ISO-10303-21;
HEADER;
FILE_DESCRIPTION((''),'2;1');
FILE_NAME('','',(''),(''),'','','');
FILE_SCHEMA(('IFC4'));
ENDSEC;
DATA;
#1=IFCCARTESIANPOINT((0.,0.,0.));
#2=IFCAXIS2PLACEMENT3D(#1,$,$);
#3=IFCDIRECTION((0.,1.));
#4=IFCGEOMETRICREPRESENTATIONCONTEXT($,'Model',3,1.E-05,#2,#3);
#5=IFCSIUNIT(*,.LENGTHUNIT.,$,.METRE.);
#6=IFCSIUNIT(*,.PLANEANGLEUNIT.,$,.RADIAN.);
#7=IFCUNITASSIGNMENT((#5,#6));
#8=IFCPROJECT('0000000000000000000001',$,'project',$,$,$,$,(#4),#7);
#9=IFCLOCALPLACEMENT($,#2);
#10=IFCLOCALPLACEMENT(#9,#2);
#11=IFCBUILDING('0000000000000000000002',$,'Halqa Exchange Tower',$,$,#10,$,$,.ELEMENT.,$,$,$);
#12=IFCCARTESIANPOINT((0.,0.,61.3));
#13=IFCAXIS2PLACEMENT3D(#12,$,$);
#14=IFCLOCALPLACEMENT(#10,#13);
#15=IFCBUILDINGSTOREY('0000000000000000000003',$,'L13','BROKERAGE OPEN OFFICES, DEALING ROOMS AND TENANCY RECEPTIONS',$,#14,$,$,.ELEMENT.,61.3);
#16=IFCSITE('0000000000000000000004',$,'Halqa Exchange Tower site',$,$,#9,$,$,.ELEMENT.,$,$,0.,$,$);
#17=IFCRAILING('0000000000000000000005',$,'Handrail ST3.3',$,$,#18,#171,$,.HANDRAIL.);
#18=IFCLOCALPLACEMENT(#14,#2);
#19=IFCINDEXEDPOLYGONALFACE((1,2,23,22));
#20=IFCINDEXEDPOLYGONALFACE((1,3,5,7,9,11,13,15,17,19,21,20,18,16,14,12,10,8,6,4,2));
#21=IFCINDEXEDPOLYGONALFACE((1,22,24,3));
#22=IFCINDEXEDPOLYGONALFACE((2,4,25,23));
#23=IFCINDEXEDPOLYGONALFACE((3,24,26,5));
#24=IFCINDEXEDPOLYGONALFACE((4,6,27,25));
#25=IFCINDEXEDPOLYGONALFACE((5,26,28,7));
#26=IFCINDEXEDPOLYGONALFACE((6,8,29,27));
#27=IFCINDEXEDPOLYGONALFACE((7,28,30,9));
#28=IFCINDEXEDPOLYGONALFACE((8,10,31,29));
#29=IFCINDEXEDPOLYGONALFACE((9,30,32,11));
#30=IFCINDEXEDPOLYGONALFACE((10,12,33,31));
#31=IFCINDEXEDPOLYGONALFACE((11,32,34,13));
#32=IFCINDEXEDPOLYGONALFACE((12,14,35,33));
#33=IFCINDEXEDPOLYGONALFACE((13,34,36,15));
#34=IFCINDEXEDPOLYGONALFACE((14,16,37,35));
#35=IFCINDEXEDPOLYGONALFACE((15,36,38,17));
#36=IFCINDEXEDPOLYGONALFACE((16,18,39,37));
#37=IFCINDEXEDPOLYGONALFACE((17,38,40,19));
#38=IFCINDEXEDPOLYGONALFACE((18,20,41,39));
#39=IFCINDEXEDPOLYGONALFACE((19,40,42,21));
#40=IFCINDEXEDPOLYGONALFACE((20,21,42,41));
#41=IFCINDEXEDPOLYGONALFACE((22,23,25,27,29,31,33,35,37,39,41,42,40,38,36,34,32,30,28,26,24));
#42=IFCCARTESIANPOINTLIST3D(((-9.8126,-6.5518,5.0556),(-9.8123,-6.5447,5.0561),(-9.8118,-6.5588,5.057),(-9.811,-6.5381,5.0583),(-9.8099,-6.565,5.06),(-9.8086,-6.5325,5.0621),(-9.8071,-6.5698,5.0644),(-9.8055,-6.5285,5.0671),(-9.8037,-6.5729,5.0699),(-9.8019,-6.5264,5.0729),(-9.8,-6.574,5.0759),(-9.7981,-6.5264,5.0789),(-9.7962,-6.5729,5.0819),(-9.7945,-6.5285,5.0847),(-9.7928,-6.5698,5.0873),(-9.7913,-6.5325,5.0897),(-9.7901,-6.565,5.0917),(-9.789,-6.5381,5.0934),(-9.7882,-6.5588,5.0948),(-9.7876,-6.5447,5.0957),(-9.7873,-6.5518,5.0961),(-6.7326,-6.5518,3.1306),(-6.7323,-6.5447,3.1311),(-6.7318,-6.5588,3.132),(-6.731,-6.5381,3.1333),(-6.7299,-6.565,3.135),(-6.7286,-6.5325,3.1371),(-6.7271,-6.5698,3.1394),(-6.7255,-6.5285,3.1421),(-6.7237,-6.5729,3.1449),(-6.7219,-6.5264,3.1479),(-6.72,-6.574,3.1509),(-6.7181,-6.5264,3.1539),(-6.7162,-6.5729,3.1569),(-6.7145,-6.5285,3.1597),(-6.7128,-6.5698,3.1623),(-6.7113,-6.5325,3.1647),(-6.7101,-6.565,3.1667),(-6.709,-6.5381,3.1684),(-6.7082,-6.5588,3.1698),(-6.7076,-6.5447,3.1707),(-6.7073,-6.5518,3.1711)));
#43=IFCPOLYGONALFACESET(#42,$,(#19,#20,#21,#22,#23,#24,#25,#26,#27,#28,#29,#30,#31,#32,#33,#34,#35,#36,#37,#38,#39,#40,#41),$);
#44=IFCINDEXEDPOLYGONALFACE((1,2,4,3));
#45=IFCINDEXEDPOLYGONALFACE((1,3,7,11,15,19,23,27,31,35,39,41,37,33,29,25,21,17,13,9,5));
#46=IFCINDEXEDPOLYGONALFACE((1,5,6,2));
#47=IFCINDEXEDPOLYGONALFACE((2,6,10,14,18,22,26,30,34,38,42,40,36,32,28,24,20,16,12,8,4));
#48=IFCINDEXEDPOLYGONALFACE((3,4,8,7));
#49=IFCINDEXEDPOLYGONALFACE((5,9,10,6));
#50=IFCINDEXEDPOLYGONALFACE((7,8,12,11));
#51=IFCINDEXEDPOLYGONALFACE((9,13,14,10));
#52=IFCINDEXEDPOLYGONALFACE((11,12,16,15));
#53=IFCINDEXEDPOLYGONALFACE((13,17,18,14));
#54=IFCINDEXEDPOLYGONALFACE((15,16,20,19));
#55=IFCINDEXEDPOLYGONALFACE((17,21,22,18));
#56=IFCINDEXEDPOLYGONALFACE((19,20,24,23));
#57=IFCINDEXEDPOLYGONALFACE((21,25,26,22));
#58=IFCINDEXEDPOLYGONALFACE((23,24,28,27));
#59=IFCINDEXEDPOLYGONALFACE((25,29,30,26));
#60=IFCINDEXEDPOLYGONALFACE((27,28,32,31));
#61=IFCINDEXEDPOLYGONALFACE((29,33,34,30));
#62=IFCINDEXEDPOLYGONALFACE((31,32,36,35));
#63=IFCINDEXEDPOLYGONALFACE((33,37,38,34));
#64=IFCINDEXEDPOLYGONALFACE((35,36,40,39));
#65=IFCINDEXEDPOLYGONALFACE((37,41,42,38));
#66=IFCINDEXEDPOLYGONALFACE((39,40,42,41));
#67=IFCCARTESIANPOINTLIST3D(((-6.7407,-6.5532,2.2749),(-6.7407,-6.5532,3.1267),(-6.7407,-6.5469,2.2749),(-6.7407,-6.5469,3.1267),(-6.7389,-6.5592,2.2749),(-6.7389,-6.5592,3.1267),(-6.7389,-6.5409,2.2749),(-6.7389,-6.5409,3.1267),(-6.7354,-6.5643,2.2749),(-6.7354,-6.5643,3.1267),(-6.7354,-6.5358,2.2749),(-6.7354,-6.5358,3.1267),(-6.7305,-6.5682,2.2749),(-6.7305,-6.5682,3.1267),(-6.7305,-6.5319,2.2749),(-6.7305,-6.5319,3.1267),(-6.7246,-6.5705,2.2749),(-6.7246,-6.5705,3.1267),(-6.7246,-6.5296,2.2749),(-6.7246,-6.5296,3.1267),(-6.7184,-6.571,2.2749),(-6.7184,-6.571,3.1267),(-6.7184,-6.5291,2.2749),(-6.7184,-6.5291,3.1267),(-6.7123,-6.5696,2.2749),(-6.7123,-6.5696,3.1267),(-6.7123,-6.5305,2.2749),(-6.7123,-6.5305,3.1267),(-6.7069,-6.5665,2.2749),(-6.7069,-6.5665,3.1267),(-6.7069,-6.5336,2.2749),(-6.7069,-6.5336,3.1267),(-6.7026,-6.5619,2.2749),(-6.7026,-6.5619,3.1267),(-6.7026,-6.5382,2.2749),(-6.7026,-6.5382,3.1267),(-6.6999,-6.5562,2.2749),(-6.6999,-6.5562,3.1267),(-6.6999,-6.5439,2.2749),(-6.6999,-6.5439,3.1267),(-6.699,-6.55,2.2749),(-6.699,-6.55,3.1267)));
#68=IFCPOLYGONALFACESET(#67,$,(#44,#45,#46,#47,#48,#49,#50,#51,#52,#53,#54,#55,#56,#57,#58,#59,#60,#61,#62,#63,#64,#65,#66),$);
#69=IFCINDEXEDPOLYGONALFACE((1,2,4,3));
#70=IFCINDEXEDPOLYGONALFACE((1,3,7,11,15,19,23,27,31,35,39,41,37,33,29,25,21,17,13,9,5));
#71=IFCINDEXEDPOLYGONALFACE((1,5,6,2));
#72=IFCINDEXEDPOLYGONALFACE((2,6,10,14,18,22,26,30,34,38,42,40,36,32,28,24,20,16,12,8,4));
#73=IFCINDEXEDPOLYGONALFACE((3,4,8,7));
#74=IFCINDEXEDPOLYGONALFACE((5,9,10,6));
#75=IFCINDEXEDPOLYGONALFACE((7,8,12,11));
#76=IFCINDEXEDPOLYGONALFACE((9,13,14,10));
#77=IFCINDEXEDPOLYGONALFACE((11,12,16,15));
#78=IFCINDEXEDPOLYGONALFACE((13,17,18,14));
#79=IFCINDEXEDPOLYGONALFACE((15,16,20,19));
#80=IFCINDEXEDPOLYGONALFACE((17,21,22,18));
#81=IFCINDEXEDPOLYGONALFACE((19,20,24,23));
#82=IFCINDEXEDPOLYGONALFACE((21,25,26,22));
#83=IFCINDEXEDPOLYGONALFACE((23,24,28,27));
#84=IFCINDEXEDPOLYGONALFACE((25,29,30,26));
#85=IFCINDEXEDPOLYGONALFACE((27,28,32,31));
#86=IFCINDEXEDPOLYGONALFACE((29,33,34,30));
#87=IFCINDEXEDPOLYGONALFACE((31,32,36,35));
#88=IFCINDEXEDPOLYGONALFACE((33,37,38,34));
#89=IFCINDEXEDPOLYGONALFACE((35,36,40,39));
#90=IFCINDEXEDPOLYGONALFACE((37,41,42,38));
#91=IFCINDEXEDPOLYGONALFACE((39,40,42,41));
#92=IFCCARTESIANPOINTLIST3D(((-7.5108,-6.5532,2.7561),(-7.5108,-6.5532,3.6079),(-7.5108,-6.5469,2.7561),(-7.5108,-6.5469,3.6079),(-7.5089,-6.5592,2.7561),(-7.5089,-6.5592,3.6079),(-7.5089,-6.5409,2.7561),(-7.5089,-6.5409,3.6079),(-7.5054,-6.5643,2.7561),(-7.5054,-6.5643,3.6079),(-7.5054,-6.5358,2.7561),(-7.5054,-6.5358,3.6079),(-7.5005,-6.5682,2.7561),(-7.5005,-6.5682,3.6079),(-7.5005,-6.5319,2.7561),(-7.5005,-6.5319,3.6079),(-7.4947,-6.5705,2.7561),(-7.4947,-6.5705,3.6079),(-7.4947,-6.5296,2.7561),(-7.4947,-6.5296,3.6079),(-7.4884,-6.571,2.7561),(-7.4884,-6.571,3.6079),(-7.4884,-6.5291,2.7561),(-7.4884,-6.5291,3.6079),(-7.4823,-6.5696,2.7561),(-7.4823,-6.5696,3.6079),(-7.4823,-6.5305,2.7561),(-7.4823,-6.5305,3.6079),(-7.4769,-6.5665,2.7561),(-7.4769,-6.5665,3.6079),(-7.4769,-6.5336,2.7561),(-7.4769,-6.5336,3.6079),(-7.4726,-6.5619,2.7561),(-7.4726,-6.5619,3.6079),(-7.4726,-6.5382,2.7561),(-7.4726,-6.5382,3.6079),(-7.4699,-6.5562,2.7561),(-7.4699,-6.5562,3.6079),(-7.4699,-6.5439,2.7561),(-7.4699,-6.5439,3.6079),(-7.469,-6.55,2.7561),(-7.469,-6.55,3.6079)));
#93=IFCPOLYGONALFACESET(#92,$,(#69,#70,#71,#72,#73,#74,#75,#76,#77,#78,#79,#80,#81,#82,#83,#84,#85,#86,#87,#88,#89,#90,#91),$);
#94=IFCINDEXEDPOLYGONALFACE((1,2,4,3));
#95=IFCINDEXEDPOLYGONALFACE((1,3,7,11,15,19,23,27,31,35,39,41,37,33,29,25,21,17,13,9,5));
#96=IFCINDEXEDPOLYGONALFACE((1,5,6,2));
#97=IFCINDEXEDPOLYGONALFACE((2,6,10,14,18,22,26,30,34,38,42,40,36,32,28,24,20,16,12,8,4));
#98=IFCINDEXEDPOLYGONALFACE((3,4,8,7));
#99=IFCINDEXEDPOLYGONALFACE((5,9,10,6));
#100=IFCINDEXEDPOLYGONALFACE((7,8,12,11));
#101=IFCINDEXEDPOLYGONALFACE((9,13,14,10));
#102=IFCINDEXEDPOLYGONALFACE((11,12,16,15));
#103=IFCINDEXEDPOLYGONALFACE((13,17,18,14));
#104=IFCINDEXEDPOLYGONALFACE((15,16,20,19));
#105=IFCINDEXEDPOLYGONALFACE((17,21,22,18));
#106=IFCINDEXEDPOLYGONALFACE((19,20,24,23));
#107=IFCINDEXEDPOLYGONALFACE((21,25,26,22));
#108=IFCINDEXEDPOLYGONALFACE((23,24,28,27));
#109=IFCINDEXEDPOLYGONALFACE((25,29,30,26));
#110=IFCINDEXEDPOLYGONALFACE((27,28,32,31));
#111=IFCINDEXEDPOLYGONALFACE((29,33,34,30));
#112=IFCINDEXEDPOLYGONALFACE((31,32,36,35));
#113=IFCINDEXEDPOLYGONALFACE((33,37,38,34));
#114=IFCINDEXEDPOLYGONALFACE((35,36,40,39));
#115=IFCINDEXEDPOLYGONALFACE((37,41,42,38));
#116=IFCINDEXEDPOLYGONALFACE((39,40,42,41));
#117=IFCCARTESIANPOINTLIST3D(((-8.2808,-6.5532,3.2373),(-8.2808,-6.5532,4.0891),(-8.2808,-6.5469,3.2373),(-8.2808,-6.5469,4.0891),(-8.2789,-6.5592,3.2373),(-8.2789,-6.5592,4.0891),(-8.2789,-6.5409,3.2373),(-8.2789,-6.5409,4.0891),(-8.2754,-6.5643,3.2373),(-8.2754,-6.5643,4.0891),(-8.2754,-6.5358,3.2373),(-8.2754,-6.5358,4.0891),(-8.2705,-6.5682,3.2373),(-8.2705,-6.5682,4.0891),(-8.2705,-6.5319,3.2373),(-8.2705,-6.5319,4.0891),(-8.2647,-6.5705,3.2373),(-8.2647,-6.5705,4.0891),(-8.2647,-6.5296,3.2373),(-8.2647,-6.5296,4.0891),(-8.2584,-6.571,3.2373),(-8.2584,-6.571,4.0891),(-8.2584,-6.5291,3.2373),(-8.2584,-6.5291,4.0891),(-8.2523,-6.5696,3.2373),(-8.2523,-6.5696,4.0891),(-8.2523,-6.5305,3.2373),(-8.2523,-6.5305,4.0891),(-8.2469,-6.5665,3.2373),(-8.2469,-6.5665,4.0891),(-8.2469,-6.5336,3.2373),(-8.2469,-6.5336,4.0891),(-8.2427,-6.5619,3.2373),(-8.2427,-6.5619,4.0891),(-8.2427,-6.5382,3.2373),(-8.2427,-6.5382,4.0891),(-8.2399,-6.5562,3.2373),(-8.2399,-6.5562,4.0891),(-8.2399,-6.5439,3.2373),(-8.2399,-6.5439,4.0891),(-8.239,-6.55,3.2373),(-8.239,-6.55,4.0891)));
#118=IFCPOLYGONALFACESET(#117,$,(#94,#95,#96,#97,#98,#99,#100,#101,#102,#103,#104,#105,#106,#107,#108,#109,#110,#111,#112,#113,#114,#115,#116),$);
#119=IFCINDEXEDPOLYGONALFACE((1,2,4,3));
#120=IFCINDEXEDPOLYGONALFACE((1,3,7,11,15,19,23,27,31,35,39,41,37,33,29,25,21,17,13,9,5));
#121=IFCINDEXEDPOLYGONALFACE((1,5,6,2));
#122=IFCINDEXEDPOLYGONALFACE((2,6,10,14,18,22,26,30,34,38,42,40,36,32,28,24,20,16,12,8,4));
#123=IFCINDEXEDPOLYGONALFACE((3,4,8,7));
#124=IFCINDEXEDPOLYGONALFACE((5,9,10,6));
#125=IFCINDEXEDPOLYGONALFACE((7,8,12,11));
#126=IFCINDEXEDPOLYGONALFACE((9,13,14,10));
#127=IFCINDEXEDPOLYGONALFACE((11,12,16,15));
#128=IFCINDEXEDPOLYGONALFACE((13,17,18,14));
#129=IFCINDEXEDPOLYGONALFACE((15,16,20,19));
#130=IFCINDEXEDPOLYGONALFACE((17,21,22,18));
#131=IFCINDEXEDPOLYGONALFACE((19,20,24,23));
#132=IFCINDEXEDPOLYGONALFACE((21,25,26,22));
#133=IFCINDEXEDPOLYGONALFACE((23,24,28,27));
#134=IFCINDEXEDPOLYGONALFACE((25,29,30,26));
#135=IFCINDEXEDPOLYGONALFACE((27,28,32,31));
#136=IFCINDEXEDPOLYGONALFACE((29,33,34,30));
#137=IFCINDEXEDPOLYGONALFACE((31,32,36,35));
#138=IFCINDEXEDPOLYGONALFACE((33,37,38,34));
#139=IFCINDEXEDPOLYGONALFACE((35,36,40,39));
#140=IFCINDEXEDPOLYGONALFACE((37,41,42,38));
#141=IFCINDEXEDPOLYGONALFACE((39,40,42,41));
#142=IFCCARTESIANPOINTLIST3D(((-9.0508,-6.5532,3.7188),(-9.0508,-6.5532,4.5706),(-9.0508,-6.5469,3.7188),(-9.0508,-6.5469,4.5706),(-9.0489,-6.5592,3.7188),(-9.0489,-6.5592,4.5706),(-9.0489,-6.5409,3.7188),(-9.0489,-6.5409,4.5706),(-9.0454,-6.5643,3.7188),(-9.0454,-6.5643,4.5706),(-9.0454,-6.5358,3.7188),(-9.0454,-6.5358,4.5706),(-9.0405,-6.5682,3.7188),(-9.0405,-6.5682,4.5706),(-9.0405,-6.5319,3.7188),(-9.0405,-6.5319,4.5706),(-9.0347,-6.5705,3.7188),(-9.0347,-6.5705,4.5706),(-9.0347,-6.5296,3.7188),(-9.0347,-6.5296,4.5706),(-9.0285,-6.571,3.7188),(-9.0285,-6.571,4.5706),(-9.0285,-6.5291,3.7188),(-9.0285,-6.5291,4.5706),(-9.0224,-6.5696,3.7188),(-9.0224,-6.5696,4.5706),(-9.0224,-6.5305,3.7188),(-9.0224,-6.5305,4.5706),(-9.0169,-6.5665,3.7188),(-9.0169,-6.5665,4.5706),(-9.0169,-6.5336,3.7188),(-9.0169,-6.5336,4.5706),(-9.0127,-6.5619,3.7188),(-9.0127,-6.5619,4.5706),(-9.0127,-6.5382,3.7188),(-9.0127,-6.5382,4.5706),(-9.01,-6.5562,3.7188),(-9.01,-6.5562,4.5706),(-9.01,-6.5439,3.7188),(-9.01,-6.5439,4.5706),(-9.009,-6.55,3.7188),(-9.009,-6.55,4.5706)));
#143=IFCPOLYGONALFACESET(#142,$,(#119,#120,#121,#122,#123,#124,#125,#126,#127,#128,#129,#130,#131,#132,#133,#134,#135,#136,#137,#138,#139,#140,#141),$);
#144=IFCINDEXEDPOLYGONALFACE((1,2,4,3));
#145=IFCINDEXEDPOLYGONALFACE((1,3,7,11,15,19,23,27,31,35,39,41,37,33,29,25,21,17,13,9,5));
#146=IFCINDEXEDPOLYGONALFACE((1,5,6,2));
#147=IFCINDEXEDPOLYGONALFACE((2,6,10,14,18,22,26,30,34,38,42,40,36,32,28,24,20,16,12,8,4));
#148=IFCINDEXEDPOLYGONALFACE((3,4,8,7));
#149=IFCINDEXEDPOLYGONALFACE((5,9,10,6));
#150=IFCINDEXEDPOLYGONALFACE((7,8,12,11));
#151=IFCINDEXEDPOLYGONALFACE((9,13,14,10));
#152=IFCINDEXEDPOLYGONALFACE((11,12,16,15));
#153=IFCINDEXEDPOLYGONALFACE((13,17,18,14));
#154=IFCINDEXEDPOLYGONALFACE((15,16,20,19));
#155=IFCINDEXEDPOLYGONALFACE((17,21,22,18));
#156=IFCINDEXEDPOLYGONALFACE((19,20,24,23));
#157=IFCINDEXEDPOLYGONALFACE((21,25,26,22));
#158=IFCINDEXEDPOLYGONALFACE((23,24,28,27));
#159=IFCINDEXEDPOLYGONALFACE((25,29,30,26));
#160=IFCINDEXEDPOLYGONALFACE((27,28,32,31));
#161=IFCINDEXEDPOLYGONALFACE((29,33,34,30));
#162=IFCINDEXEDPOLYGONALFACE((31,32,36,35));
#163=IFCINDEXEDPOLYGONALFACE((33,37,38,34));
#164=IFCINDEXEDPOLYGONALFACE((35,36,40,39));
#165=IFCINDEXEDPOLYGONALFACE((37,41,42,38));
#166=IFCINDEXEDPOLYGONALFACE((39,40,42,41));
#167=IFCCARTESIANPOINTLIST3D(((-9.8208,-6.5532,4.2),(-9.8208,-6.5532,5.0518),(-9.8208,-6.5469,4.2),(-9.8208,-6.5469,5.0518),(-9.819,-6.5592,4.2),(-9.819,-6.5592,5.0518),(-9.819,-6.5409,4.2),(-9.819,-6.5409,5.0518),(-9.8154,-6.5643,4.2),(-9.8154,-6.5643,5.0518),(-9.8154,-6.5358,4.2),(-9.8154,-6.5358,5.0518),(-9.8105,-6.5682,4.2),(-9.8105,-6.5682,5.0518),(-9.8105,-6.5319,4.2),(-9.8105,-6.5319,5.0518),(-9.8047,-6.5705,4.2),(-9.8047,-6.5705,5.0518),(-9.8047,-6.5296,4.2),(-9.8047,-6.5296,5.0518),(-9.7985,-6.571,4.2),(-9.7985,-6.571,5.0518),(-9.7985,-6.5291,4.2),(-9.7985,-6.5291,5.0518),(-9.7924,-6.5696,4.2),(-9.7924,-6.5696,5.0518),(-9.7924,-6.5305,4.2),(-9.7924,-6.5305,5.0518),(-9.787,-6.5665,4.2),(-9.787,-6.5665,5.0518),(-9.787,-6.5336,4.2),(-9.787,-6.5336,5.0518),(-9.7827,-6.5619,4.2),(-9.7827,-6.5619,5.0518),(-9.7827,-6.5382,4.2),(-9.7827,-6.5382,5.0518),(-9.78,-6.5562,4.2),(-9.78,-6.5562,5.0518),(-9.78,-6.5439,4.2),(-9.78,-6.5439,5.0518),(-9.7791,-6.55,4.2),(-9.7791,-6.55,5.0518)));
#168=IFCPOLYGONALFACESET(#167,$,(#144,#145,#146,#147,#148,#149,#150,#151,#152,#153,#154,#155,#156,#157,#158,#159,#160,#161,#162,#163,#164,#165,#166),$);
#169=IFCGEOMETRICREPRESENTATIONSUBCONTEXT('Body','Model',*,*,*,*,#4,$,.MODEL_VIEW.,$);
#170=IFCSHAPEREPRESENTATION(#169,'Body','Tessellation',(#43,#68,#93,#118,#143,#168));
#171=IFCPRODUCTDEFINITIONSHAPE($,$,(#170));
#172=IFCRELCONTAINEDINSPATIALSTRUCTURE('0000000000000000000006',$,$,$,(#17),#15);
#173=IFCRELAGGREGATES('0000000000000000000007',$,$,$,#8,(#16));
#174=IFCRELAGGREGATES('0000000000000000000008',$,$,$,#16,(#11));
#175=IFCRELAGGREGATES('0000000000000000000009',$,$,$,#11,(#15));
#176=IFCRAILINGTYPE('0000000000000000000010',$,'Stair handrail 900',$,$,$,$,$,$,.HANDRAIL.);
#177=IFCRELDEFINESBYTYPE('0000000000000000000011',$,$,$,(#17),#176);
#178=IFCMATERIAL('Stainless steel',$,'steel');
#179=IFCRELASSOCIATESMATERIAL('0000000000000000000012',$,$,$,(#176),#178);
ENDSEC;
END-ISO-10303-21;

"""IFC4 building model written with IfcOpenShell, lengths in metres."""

from ifc_helpers import new_model, si_unit, direction, frame, origin, origin_2d, place, context, subcontext, project, spatial, circle, extrude, material, type_object, element, save


model = new_model("IFC4")

# Units and contexts
model_context = context("Model", 3, precision=1e-05, world=origin(), true_north=direction((0.0, 1.0)))
body_context = subcontext(model_context, "Body", "Model", "MODEL_VIEW")
ifc_project = project(units=[si_unit("LENGTHUNIT", "METRE"), si_unit("PLANEANGLEUNIT", "RADIAN")], contexts=[model_context])

# Site, building, storey
site_placement = place(None, origin())
site = spatial("IfcSite", under=ifc_project, at=site_placement, Name="Halqa Exchange Tower site", CompositionType="ELEMENT", RefElevation=0.0)
building_placement = place(site_placement, origin())
building = spatial("IfcBuilding", under=site, at=building_placement, Name="Halqa Exchange Tower", CompositionType="ELEMENT")
storey_placement = place(building_placement, frame((0.0, 0.0, 61.3)))
storey = spatial("IfcBuildingStorey", under=building, at=storey_placement, Name="L13", Description="BROKERAGE OPEN OFFICES, DEALING ROOMS AND TENANCY RECEPTIONS", CompositionType="ELEMENT", Elevation=61.3)

# Shared definitions
ifc_material_1 = material(Name="Stainless steel", Category="steel")

# Railing
railing_type_1 = type_object("IfcRailingType", Name="Stair handrail 900", PredefinedType="HANDRAIL", material=ifc_material_1)
railing_1_placement = place(storey_placement, frame((-6.72, -6.55, 2.2749)))
element("IfcRailing", 1, at=railing_1_placement, inside=storey, type_object=railing_type_1, Name="Handrail ST3.3", PredefinedType="HANDRAIL", context=body_context, shape_type="SweptSolid", body=[
    extrude(circle(Radius=0.0239, at=origin_2d()), frame((0.0, 0.0, 0.876), z_axis=(-0.847998, 0.0, 0.529999), x_axis=(0.0, -1.0, 0.0)), (0.0, 0.0, 1.0), 3.6321),
    extrude(circle(Radius=0.021, at=origin_2d()), origin(), (0.0, 0.0, 1.0), 0.8518),
    extrude(circle(Radius=0.021, at=origin_2d()), frame((-0.77, 0.0, 0.4812)), (0.0, 0.0, 1.0), 0.8518),
    extrude(circle(Radius=0.021, at=origin_2d()), frame((-1.54, 0.0, 0.9624)), (0.0, 0.0, 1.0), 0.8518),
    extrude(circle(Radius=0.021, at=origin_2d()), frame((-2.3101, 0.0, 1.4438)), (0.0, 0.0, 1.0), 0.8518),
    extrude(circle(Radius=0.021, at=origin_2d()), frame((-3.0801, 0.0, 1.925)), (0.0, 0.0, 1.0), 0.8518),
])

save(model, "model.ifc")
